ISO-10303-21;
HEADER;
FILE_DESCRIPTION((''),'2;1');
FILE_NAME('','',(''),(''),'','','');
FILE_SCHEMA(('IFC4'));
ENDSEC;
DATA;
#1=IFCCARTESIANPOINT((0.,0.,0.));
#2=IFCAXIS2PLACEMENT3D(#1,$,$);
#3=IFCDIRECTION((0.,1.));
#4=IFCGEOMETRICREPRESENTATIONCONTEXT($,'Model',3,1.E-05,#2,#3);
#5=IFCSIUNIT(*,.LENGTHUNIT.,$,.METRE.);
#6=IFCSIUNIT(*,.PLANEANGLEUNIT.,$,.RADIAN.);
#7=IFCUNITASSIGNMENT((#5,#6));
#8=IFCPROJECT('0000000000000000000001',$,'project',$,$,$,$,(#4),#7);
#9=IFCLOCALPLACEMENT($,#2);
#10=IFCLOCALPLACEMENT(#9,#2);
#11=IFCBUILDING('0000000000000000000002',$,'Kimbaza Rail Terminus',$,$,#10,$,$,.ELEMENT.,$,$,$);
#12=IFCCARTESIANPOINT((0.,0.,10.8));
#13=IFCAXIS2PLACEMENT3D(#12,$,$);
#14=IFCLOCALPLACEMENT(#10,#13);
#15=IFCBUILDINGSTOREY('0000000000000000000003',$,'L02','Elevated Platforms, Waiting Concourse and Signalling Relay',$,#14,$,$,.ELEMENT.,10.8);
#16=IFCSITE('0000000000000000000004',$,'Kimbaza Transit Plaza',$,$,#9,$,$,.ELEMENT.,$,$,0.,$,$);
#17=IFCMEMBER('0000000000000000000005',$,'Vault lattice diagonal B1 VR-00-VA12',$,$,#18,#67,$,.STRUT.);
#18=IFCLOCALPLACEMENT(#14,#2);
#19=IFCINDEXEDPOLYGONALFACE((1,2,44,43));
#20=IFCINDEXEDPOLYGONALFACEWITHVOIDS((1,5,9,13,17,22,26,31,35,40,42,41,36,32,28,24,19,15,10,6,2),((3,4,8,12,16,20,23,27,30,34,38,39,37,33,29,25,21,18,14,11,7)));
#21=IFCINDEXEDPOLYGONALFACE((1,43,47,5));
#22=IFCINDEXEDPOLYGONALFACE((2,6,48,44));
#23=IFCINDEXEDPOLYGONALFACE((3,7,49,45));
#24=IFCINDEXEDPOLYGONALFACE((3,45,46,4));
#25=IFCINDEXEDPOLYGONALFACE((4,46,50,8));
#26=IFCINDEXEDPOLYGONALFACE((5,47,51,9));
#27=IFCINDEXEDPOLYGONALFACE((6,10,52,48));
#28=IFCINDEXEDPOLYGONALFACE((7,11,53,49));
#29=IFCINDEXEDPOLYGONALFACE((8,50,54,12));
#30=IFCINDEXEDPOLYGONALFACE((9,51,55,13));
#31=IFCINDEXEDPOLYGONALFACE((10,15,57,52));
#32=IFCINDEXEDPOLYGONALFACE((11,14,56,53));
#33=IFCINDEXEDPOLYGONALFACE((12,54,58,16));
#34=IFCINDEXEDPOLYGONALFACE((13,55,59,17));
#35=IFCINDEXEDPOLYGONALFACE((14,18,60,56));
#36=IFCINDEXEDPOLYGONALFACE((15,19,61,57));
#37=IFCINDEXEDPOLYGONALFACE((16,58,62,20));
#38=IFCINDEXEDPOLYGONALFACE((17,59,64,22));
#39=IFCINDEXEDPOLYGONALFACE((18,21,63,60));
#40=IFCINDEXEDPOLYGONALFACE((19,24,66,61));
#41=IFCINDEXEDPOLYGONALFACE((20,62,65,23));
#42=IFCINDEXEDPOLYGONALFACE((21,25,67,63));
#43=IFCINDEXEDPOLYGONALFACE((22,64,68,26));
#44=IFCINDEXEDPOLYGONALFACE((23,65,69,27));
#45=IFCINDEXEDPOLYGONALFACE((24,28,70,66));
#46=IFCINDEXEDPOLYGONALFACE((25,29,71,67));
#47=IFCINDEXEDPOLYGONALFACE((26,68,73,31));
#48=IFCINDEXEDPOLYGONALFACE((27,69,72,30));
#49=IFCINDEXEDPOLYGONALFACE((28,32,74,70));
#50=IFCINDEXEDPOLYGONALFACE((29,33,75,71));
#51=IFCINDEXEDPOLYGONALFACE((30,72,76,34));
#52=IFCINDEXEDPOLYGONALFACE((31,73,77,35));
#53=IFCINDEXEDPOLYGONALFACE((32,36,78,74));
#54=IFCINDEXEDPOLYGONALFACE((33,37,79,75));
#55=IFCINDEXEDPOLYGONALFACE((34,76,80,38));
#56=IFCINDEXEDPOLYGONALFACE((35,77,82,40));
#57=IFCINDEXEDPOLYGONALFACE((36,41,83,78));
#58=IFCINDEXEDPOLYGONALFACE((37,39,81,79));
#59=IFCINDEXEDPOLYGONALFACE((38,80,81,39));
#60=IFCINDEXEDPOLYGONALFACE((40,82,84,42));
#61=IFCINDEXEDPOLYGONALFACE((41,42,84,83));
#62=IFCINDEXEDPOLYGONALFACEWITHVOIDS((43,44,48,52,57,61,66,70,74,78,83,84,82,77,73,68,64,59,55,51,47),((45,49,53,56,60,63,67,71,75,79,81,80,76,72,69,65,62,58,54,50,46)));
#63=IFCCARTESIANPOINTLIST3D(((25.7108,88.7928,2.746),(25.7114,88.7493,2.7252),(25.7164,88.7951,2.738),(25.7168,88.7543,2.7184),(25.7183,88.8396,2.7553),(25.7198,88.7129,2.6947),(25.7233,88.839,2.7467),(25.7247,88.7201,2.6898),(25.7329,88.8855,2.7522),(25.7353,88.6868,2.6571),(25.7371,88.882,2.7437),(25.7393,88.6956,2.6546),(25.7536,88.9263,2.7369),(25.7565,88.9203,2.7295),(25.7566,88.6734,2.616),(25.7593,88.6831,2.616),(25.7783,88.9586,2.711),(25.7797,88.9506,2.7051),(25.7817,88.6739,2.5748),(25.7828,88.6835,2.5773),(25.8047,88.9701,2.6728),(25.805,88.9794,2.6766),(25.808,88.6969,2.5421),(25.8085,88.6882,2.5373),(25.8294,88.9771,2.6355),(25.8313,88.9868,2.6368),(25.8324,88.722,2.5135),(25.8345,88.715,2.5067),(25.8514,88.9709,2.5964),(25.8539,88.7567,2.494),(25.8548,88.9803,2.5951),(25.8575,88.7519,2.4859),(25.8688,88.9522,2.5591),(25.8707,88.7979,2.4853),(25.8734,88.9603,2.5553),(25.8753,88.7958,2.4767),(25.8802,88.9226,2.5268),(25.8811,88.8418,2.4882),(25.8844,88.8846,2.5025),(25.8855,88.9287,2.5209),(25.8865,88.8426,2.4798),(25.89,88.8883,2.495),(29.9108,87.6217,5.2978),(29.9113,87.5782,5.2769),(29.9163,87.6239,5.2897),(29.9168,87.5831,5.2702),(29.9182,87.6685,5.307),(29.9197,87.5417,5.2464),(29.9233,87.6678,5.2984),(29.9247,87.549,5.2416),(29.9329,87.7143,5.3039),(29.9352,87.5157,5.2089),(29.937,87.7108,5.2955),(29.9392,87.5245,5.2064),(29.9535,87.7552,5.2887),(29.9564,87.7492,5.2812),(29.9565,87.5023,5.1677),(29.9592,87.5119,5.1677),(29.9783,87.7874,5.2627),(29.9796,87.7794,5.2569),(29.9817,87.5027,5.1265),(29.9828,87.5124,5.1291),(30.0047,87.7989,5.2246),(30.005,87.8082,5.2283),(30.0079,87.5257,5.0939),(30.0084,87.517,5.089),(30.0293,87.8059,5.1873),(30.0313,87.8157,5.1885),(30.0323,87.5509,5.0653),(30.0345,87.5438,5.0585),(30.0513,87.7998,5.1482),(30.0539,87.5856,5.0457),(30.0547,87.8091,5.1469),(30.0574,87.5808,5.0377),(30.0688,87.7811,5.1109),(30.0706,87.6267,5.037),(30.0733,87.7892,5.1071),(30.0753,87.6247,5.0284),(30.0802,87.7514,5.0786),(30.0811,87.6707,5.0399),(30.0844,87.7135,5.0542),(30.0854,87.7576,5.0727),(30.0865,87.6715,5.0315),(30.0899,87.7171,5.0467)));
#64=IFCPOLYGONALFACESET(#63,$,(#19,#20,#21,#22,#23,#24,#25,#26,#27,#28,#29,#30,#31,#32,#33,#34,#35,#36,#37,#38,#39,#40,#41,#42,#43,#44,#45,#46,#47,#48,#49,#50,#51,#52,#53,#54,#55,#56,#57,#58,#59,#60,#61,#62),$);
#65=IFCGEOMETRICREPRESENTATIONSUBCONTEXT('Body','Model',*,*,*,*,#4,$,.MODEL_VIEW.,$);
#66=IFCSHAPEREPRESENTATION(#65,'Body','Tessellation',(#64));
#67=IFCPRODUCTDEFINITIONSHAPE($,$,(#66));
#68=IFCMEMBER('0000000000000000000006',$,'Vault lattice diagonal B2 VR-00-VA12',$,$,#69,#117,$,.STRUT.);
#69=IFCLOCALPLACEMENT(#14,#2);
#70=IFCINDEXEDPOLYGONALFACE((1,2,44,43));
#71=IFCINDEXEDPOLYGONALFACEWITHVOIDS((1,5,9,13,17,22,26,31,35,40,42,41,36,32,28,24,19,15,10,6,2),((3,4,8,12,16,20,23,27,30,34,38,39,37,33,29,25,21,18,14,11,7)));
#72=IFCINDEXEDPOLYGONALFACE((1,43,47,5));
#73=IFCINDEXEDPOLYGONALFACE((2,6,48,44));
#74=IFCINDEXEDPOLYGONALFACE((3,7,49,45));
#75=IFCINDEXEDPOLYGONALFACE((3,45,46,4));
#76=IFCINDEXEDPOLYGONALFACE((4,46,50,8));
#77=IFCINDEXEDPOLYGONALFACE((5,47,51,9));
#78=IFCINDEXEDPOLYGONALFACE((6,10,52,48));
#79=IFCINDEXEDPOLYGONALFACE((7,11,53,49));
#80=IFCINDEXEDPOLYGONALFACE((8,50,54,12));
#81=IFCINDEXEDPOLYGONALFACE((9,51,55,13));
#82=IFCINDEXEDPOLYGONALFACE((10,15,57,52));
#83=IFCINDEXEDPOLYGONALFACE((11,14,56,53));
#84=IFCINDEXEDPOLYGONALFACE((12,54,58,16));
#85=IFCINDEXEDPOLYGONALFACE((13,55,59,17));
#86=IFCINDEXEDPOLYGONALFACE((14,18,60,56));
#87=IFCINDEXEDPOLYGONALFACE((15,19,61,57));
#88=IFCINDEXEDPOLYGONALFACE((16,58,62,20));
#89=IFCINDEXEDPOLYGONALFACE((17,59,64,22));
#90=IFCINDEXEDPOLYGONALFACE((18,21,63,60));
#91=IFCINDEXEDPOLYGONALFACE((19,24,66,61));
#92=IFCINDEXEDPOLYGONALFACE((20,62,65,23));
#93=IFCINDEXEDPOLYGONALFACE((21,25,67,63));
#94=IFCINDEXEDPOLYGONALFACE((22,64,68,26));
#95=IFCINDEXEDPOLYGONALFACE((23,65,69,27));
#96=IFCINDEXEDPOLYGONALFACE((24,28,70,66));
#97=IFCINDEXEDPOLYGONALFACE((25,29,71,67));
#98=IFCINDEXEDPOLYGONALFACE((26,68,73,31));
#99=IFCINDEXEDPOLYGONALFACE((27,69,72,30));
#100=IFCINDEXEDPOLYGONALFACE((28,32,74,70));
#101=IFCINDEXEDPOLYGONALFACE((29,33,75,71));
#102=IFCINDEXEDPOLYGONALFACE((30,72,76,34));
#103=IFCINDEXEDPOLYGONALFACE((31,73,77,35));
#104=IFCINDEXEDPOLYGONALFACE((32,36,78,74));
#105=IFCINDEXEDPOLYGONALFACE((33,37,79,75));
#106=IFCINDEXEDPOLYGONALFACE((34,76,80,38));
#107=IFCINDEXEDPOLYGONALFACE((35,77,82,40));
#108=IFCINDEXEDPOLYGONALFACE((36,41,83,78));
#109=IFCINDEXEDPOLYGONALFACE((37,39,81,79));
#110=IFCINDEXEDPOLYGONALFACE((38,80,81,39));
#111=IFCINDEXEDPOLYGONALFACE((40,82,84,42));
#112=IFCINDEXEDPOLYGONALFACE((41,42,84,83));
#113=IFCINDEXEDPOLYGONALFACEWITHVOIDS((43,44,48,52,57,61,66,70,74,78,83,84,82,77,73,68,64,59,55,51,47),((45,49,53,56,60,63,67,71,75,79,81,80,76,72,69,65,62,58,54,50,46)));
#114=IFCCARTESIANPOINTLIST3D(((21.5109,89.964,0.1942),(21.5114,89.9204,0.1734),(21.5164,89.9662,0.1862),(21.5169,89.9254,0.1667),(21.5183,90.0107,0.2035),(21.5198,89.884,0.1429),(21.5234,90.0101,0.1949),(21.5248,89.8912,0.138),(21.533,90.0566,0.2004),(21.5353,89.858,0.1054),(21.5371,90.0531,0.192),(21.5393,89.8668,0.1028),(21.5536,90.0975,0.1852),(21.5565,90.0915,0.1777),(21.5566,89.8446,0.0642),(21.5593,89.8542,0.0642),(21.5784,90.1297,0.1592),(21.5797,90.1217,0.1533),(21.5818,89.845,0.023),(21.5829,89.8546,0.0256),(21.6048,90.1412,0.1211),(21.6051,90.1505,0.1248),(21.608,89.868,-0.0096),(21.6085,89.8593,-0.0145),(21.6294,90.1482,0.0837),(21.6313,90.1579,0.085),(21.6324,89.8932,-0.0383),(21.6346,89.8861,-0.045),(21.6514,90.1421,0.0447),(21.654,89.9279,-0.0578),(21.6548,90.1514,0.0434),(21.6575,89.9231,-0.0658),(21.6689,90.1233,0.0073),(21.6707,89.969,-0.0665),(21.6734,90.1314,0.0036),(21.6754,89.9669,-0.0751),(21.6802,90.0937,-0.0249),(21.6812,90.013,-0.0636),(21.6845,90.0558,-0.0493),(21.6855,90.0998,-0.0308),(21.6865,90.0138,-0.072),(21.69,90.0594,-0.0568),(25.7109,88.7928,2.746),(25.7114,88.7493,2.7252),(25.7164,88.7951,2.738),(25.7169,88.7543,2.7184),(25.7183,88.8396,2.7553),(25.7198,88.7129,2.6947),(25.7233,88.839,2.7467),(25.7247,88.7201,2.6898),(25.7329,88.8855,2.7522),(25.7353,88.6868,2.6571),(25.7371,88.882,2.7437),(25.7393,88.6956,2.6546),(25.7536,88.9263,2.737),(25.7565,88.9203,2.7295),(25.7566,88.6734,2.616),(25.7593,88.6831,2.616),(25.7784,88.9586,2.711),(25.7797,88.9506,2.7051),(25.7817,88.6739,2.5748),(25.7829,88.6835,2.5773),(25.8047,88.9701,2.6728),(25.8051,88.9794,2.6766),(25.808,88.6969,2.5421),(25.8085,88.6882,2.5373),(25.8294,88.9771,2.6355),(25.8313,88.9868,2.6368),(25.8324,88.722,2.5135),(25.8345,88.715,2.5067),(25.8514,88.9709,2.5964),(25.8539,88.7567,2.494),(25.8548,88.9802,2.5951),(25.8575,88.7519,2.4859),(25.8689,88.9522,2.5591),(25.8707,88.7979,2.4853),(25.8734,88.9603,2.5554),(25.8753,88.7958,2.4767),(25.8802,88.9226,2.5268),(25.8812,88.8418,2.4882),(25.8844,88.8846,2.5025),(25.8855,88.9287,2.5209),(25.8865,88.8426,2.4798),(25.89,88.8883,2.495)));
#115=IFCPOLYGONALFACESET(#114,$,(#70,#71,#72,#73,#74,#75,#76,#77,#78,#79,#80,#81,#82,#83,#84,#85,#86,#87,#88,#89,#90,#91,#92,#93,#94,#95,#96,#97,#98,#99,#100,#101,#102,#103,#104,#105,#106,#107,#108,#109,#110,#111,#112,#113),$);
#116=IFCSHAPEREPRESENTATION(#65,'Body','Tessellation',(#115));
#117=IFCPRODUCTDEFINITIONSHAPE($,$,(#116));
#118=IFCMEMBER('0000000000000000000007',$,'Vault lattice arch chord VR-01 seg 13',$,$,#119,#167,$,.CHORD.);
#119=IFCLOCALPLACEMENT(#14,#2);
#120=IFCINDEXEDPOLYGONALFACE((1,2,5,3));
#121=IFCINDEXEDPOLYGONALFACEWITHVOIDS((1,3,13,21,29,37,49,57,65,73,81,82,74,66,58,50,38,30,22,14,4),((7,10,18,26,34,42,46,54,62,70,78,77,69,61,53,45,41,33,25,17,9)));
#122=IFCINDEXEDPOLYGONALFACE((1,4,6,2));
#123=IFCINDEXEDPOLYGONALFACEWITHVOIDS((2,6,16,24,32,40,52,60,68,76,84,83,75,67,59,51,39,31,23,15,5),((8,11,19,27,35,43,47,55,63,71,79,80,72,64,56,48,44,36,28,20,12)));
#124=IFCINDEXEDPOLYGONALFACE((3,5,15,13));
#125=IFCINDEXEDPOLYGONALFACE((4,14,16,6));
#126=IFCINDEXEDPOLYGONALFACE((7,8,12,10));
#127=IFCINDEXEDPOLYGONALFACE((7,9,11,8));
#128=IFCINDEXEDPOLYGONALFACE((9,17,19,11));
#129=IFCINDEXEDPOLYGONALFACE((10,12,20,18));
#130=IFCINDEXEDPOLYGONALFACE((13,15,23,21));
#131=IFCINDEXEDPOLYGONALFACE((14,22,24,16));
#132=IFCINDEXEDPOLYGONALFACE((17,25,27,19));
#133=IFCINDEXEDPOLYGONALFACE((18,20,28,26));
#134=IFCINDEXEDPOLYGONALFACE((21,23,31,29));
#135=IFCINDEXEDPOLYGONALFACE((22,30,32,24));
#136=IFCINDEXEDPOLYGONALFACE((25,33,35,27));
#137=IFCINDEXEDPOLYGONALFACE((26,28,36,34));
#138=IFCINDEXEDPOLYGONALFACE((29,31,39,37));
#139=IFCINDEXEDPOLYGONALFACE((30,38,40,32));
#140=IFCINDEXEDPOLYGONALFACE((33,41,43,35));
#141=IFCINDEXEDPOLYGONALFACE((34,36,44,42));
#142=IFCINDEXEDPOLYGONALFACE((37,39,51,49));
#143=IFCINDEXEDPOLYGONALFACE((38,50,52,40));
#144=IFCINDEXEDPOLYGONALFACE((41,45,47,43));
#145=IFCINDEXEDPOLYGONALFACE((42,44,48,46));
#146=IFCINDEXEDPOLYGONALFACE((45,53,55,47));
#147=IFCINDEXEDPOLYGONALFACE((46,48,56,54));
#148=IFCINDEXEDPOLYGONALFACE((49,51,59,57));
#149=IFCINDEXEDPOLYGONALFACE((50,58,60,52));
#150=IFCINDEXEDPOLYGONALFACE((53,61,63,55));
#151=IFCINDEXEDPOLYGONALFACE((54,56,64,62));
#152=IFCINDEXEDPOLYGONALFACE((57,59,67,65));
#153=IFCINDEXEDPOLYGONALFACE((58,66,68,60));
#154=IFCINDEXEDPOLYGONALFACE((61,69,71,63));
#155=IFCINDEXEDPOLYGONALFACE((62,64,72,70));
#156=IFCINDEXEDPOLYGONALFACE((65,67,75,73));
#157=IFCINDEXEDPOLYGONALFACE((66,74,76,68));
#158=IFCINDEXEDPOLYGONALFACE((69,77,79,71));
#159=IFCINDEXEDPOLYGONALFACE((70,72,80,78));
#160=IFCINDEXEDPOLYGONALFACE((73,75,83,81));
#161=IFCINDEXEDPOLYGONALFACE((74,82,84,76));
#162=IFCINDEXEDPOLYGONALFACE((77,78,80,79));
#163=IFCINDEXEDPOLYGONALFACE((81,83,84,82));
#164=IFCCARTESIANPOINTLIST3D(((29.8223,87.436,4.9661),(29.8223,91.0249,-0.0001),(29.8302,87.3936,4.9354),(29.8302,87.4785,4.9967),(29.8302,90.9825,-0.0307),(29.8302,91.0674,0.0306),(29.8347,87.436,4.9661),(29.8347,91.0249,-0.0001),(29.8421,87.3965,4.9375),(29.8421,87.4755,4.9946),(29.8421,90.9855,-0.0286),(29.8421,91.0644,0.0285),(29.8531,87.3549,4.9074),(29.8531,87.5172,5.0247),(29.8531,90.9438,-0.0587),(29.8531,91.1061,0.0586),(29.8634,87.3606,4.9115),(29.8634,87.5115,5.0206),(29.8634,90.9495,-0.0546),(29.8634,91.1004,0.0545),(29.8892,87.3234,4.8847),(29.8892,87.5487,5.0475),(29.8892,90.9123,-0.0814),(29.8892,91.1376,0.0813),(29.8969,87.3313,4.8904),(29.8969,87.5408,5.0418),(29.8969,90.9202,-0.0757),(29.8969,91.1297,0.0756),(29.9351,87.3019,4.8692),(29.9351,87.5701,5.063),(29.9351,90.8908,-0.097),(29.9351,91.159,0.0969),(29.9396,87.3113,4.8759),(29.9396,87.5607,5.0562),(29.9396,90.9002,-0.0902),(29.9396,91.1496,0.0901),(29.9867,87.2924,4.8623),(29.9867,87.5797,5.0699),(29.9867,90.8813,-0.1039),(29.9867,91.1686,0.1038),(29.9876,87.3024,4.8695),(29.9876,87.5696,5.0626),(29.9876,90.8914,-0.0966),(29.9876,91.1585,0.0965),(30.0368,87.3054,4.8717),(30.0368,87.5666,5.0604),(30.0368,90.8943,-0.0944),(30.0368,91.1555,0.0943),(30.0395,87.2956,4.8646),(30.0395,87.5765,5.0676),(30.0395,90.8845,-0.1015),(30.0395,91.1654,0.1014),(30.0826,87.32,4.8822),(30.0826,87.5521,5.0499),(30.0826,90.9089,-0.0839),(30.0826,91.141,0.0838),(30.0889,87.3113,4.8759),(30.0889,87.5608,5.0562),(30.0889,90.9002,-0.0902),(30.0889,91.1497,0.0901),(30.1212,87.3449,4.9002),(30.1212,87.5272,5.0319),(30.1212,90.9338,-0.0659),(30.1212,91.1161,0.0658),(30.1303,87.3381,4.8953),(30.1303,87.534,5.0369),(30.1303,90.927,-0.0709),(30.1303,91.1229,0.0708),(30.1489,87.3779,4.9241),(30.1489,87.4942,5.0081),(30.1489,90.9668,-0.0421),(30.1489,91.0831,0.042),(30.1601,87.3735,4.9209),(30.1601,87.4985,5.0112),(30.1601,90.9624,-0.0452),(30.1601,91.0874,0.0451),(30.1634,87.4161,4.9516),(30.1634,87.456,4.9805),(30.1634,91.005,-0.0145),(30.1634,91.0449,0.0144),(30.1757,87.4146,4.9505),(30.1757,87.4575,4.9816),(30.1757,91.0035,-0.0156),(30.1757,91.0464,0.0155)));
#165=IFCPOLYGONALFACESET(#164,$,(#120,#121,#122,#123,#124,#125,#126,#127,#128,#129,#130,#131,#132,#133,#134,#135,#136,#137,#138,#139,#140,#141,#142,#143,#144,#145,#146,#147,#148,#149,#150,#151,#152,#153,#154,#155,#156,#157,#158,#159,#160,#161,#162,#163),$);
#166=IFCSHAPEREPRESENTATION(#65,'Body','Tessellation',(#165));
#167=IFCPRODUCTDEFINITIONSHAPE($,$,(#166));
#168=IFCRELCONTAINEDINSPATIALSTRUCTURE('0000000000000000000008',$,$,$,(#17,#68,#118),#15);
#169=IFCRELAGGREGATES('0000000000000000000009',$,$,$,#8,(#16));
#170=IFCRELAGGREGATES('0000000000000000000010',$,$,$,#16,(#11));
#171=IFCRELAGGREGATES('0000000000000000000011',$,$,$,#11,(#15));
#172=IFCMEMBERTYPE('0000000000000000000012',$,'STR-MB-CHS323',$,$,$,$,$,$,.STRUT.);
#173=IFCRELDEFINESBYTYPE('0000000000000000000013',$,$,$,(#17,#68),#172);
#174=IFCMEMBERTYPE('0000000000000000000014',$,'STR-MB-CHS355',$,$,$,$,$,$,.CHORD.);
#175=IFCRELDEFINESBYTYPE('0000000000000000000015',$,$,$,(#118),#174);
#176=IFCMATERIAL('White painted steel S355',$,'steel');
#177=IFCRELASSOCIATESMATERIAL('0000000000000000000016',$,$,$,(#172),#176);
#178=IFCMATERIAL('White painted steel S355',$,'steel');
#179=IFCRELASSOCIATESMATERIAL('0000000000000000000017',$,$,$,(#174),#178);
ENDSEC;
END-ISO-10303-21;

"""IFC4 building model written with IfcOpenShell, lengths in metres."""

from ifc_helpers import new_model, si_unit, direction, frame, origin, origin_2d, place, context, subcontext, project, spatial, hollow_circle, extrude, material, material_profile, profile_set, type_object, element, save


model = new_model("IFC4")

# Units and contexts
model_context = context("Model", 3, precision=1e-05, world=origin(), true_north=direction((0.0, 1.0)))
body_context = subcontext(model_context, "Body", "Model", "MODEL_VIEW")
ifc_project = project(units=[si_unit("LENGTHUNIT", "METRE"), si_unit("PLANEANGLEUNIT", "RADIAN")], contexts=[model_context])

# Site, building, storey
site_placement = place(None, origin())
site = spatial("IfcSite", under=ifc_project, at=site_placement, Name="Kimbaza Transit Plaza", CompositionType="ELEMENT", RefElevation=0.0)
building_placement = place(site_placement, origin())
building = spatial("IfcBuilding", under=site, at=building_placement, Name="Kimbaza Rail Terminus", CompositionType="ELEMENT")
storey_placement = place(building_placement, frame((0.0, 0.0, 10.8)))
storey = spatial("IfcBuildingStorey", under=building, at=storey_placement, Name="L02", Description="Elevated Platforms, Waiting Concourse and Signalling Relay", CompositionType="ELEMENT", Elevation=10.8)

# Members
ifc_material_1 = material(Name="White painted steel S355", Category="steel")
ifc_material_profile_1 = material_profile(ifc_material_1, hollow_circle(Radius=0.1619, WallThickness=0.01, at=origin_2d()), Name="CHS 323.9x10")
ifc_profile_set_1 = profile_set([ifc_material_profile_1], Name="White painted steel S355")
member_type_1 = type_object("IfcMemberType", Name="STR-MB-CHS323", PredefinedType="STRUT", material=ifc_profile_set_1)
for number, where, z_axis, x_axis, name in (
    (1, (30.0, 87.6582, 5.1677), (-0.831345, 0.231818, -0.505099), (-0.2686, -0.963252, 0.0), "Vault lattice diagonal B1 VR-00-VA12"),
    (2, (25.8, 88.8293, 2.616), (-0.831345, 0.231818, -0.505099), (-0.2686, -0.963252, 0.0), "Vault lattice diagonal B2 VR-00-VA12"),
):
    element("IfcMember", number, at=place(storey_placement, frame(where, z_axis=z_axis, x_axis=x_axis)), inside=storey, type_object=member_type_1, Name=name, PredefinedType="STRUT", context=body_context, shape_type="SweptSolid", body=[
        extrude(hollow_circle(Radius=0.1619, WallThickness=0.01, at=origin_2d()), origin(), (0.0, 0.0, 1.0), 5.052),
    ])
ifc_material_2 = material(Name="White painted steel S355", Category="steel")
ifc_material_profile_2 = material_profile(ifc_material_2, hollow_circle(Radius=0.1777, WallThickness=0.0125, at=origin_2d()), Name="CHS 355.6x12.5")
ifc_profile_set_2 = profile_set([ifc_material_profile_2], Name="White painted steel S355")
member_type_2 = type_object("IfcMemberType", Name="STR-MB-CHS355", PredefinedType="CHORD", material=ifc_profile_set_2)
member_1_placement = place(storey_placement, frame((30.0, 87.436, 4.9661), z_axis=(0.0, 0.585733, -0.810504), x_axis=(-1.0, 0.0, 0.0)))
element("IfcMember", 3, at=member_1_placement, inside=storey, type_object=member_type_2, Name="Vault lattice arch chord VR-01 seg 13", PredefinedType="CHORD", context=body_context, shape_type="SweptSolid", body=[
    extrude(hollow_circle(Radius=0.1777, WallThickness=0.0125, at=origin_2d()), origin(), (0.0, 0.0, 1.0), 6.1272),
])

save(model, "model.ifc")
